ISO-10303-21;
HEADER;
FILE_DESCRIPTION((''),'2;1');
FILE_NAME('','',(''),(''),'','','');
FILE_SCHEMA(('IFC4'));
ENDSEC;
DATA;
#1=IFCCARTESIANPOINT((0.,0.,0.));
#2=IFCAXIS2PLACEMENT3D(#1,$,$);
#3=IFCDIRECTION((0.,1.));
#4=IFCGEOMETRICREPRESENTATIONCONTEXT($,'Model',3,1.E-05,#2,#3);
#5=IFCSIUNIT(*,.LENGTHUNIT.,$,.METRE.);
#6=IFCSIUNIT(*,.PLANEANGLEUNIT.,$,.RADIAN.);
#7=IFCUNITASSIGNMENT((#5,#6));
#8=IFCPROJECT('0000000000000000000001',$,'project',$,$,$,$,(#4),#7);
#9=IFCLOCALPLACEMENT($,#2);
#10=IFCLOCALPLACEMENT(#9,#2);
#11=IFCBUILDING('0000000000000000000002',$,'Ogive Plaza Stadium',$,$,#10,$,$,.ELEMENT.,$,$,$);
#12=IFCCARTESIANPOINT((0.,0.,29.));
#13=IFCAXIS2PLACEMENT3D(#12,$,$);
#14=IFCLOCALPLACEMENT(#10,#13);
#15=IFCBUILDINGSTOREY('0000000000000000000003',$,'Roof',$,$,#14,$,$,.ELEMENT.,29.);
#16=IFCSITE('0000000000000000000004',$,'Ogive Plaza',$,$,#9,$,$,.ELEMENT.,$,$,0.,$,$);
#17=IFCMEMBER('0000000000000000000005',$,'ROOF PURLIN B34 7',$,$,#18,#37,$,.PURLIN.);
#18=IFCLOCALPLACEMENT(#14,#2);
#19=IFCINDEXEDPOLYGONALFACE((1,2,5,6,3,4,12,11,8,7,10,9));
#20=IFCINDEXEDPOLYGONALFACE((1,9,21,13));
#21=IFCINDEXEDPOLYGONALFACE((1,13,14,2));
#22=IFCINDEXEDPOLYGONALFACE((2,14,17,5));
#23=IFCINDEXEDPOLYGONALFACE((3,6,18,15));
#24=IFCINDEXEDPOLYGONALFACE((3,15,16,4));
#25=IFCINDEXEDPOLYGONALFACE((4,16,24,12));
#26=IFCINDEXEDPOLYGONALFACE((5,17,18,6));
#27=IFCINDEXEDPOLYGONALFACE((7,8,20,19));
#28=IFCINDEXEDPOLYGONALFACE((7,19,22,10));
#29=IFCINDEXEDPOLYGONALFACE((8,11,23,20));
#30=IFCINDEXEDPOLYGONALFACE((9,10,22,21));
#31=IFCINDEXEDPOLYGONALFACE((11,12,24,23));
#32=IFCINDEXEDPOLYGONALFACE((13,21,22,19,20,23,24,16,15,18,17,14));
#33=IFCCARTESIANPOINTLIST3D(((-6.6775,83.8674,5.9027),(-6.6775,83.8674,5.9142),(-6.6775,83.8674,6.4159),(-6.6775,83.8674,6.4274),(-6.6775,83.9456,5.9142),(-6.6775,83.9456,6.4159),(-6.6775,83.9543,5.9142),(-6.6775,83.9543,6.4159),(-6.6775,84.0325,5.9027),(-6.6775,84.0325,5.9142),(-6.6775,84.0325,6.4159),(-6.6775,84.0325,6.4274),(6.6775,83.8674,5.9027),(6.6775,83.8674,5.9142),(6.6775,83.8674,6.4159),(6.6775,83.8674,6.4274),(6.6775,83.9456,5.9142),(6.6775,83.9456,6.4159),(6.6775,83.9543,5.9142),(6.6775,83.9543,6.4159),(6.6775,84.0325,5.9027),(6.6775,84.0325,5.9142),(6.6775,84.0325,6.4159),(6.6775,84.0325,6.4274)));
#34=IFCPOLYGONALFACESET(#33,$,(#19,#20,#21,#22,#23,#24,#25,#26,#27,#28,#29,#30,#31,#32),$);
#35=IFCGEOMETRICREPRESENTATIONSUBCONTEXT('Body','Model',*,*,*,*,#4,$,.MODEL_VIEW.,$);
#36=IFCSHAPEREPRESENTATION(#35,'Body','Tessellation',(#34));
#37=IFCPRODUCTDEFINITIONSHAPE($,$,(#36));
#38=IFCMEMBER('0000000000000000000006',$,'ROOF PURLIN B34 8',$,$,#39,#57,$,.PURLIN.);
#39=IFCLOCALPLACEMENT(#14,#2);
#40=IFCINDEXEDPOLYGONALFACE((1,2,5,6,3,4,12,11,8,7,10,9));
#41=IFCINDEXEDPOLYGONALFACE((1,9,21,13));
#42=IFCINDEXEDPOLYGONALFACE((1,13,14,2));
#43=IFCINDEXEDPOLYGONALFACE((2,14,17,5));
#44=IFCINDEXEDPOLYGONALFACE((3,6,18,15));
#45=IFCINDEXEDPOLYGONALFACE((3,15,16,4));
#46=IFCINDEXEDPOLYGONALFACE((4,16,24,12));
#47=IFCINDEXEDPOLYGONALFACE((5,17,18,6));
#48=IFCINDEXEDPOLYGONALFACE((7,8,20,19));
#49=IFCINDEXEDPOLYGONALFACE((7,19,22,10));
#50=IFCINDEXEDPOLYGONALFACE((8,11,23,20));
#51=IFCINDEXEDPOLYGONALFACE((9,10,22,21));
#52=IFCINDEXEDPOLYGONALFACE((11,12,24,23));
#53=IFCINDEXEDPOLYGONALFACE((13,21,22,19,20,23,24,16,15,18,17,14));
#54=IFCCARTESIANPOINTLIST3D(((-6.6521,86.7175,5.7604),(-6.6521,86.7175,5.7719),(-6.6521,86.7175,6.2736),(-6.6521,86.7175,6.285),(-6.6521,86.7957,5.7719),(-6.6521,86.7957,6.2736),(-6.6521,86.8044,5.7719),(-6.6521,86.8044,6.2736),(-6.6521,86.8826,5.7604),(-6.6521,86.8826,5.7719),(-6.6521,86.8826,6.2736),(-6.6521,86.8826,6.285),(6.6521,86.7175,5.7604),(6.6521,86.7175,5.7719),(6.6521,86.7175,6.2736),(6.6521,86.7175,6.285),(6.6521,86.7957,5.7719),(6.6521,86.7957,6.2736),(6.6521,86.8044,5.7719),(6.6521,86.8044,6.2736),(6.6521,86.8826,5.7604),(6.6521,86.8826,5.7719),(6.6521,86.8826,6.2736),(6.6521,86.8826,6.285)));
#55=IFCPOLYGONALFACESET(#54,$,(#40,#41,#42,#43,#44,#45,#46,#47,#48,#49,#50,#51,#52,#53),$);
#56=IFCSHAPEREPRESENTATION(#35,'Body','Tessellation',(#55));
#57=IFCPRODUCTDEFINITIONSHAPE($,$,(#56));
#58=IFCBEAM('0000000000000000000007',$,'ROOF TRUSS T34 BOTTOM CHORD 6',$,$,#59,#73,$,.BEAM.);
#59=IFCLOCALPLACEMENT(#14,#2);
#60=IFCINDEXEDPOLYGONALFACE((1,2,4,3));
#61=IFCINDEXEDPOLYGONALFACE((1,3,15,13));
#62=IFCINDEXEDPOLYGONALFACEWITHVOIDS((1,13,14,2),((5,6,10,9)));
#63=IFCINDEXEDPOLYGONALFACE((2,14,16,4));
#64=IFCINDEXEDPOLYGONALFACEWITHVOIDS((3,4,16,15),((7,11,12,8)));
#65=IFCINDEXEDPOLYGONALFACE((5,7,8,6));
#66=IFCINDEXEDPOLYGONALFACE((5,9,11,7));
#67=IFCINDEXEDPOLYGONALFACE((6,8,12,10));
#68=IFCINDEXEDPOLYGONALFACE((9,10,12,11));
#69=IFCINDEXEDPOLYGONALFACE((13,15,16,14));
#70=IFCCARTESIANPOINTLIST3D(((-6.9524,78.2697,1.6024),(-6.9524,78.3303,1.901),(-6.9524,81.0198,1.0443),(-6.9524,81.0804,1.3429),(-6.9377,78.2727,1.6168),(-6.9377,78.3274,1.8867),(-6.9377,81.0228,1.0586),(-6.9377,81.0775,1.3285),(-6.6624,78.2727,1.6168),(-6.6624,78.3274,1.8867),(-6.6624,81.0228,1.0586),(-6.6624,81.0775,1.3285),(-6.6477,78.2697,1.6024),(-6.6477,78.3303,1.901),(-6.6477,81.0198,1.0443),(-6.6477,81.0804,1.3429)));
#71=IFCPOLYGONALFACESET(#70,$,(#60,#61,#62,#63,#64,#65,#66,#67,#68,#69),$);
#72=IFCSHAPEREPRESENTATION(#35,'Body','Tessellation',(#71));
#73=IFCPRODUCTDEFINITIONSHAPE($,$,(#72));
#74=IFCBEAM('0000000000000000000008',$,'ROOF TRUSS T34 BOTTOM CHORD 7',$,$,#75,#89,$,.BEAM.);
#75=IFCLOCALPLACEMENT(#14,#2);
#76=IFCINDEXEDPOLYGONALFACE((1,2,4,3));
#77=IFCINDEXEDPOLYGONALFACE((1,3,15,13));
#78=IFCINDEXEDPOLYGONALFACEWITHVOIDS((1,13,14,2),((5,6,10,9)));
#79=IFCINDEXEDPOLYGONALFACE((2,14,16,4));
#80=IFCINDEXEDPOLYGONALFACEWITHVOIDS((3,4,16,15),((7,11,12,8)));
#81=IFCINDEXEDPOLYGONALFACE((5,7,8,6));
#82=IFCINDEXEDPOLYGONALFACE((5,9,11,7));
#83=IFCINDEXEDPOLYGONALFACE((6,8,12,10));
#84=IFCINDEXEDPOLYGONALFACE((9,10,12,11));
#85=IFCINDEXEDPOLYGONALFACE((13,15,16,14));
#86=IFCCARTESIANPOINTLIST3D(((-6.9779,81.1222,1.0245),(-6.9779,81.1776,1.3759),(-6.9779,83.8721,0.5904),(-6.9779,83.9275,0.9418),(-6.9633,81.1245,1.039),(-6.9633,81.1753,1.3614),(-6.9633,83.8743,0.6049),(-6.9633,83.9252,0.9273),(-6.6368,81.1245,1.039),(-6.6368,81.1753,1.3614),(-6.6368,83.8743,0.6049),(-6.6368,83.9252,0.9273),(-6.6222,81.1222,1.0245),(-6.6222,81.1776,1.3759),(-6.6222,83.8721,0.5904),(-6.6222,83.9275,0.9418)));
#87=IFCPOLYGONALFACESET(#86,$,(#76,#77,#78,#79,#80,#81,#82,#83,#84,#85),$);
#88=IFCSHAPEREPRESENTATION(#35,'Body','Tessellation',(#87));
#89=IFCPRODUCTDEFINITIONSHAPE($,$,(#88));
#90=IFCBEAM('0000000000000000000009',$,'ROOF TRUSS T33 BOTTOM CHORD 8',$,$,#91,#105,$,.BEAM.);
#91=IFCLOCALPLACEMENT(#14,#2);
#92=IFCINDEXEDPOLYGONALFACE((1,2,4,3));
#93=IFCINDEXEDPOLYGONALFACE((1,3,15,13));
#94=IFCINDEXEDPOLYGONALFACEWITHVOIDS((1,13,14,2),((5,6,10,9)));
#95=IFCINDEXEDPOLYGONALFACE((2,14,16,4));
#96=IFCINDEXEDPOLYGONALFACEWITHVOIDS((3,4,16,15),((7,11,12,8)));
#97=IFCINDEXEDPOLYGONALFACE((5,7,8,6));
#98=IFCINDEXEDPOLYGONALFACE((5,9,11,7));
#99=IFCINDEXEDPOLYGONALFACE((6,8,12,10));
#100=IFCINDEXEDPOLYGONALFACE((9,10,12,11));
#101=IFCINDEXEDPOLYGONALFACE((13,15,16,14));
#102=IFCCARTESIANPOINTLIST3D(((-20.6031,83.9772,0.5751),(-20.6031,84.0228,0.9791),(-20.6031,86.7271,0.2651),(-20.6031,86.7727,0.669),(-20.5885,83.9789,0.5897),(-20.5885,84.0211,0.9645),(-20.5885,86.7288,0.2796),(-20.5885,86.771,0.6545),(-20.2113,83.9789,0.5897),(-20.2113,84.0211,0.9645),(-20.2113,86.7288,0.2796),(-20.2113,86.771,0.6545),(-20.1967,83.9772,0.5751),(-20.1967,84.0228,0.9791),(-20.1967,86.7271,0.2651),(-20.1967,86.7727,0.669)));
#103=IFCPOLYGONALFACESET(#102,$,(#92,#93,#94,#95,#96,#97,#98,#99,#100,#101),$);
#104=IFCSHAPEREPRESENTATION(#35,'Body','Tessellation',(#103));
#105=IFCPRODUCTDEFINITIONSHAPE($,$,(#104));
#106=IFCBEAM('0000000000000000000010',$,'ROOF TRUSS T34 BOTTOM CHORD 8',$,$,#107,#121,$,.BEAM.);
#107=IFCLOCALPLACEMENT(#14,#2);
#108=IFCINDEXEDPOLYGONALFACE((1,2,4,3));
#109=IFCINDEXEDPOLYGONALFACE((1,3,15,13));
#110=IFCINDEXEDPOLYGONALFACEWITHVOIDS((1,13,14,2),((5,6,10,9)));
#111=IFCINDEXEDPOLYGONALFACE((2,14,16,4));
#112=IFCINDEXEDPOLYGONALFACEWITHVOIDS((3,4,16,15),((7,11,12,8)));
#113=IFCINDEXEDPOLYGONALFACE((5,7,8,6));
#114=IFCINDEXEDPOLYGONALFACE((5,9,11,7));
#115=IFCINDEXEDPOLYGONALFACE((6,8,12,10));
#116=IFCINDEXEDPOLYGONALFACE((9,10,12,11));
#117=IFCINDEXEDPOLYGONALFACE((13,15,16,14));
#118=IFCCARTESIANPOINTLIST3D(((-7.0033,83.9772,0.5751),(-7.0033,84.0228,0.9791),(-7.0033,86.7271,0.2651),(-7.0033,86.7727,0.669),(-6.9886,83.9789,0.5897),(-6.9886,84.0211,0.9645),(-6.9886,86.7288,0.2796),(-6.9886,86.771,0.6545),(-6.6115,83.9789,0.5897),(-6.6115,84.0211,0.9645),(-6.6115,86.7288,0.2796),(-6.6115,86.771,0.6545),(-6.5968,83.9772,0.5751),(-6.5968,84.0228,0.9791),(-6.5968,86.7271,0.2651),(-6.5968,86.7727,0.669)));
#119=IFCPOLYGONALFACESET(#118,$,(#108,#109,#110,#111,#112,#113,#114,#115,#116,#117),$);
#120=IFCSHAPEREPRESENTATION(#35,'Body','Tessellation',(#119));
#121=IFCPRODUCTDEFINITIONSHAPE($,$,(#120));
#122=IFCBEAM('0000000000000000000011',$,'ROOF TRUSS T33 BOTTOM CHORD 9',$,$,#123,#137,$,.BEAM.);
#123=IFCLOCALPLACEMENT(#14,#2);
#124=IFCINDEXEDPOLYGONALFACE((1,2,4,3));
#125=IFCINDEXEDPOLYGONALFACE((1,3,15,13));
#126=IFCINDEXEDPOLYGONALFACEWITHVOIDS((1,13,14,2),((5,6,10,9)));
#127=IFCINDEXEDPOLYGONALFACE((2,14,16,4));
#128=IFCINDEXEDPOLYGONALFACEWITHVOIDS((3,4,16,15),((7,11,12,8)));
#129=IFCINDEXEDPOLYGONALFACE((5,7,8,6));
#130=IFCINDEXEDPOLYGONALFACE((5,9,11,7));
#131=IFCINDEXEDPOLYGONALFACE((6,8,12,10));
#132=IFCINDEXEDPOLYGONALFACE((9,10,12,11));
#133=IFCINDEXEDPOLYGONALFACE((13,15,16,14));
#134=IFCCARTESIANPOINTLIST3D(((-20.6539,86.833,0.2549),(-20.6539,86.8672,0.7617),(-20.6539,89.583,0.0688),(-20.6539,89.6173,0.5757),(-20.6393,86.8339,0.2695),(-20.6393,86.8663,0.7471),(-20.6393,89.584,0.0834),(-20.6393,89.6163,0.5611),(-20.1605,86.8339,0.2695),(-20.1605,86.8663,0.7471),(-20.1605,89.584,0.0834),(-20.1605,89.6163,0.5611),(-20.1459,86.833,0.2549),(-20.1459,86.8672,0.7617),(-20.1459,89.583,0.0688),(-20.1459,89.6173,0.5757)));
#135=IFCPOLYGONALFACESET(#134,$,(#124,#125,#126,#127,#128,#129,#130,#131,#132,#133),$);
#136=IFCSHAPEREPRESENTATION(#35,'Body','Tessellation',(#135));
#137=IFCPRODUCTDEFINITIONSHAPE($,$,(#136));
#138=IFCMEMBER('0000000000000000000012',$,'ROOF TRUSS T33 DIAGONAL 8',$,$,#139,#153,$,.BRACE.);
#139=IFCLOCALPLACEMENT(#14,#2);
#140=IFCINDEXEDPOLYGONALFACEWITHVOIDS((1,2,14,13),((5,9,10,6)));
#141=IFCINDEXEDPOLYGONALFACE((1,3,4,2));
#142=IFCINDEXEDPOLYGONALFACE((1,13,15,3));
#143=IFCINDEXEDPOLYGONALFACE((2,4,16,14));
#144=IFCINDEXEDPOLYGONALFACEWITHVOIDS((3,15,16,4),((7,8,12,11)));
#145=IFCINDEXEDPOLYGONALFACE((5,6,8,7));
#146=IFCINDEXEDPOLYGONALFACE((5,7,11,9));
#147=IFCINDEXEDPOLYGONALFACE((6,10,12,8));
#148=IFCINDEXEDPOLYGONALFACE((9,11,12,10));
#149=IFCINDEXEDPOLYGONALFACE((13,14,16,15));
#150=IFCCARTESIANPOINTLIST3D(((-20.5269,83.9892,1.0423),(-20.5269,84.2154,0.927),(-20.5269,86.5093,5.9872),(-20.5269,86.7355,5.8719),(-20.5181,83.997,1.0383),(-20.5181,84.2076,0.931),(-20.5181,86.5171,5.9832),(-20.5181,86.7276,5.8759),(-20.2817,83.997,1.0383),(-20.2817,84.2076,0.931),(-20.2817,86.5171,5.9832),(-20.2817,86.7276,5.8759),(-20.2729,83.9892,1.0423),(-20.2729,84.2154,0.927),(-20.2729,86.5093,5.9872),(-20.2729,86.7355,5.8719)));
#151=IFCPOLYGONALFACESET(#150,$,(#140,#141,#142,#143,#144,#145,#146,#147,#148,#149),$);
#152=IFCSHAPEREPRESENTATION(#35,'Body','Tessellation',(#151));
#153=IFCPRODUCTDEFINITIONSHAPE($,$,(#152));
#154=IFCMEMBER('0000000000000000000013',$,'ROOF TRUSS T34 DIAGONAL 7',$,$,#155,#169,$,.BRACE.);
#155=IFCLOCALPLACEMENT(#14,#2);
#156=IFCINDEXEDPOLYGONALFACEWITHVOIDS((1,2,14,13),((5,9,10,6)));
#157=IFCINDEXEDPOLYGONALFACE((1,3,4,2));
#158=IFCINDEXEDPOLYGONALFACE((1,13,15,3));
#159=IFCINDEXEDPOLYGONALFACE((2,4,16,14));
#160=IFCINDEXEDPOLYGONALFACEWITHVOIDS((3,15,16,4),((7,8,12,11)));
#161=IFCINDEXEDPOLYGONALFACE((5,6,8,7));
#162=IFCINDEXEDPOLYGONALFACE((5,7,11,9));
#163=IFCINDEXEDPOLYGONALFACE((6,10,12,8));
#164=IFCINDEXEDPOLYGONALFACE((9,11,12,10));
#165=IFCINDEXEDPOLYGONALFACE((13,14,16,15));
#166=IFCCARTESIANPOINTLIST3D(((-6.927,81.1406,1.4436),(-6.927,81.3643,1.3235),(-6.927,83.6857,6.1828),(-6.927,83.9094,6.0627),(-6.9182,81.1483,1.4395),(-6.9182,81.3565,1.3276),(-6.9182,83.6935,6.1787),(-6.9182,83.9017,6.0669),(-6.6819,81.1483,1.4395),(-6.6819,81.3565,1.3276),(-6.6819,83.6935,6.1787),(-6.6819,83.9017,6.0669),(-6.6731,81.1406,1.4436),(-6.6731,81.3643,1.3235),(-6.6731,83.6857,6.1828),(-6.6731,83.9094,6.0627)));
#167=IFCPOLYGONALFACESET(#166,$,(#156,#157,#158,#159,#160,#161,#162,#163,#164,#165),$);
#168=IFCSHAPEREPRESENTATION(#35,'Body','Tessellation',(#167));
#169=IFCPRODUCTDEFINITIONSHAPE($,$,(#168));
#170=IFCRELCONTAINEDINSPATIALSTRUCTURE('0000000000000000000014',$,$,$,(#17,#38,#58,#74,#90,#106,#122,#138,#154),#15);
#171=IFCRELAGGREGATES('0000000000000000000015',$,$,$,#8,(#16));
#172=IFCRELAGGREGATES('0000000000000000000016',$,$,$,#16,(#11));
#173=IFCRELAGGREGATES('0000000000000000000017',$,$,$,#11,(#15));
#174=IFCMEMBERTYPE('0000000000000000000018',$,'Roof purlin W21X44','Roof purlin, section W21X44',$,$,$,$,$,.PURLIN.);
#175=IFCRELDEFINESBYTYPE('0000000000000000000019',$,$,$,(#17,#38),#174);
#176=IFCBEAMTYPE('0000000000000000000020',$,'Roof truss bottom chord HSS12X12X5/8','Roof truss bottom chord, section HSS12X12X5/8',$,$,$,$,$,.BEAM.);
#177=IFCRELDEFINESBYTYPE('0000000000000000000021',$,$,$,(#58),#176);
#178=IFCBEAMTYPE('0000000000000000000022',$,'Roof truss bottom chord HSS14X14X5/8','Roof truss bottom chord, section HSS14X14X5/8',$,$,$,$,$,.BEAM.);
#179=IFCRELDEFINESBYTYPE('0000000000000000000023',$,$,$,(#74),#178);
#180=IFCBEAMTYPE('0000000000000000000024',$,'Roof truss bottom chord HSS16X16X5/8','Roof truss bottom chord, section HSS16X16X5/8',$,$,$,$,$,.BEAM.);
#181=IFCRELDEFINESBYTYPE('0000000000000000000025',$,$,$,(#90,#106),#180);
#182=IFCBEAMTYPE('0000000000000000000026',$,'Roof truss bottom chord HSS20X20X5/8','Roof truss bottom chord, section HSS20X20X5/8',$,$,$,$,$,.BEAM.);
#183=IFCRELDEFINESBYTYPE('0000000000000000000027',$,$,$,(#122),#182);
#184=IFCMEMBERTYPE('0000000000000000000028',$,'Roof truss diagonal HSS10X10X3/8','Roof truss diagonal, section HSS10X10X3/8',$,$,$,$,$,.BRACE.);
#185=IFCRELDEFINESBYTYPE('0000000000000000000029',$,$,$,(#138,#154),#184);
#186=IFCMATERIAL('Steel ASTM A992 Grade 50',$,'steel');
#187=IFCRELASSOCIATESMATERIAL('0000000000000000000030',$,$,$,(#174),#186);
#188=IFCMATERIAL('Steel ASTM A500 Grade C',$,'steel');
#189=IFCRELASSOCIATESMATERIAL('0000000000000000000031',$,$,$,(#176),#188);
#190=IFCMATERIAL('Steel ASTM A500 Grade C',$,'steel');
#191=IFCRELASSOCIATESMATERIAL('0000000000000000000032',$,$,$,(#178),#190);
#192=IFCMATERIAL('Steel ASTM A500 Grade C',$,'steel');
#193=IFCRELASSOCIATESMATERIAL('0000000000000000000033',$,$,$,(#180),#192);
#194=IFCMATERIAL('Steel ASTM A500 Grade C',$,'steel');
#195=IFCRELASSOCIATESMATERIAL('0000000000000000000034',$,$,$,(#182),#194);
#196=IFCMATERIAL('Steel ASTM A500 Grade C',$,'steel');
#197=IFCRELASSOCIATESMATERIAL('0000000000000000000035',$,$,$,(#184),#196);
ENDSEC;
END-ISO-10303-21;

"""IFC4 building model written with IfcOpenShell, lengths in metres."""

from ifc_helpers import new_model, si_unit, direction, frame, origin, origin_2d, place, context, subcontext, project, spatial, hollow_rectangle, i_section, extrude, material, material_profile, profile_set, type_object, element, save


model = new_model("IFC4")

# Units and contexts
model_context = context("Model", 3, precision=1e-05, world=origin(), true_north=direction((0.0, 1.0)))
body_context = subcontext(model_context, "Body", "Model", "MODEL_VIEW")
ifc_project = project(units=[si_unit("LENGTHUNIT", "METRE"), si_unit("PLANEANGLEUNIT", "RADIAN")], contexts=[model_context])

# Site, building, storey
site_placement = place(None, origin())
site = spatial("IfcSite", under=ifc_project, at=site_placement, Name="Ogive Plaza", CompositionType="ELEMENT", RefElevation=0.0)
building_placement = place(site_placement, origin())
building = spatial("IfcBuilding", under=site, at=building_placement, Name="Ogive Plaza Stadium", CompositionType="ELEMENT")
storey_placement = place(building_placement, frame((0.0, 0.0, 29.0)))
storey = spatial("IfcBuildingStorey", under=building, at=storey_placement, Name="Roof", CompositionType="ELEMENT", Elevation=29.0)

# Members
ifc_material_1 = material(Name="Steel ASTM A992 Grade 50", Category="steel")
ifc_material_profile_1 = material_profile(ifc_material_1, i_section(OverallWidth=0.165, OverallDepth=0.5247, WebThickness=0.0088, FlangeThickness=0.0115, at=origin_2d()), Name="W21X44")
ifc_profile_set_1 = profile_set([ifc_material_profile_1], Name="Steel ASTM A992 Grade 50")
member_type_1 = type_object("IfcMemberType", Name="Roof purlin W21X44", Description="Roof purlin, section W21X44", PredefinedType="PURLIN", material=ifc_profile_set_1)
for number, where, z_axis, x_axis, name in (
    (1, (-6.6775, 83.95, 6.165), (1.0, 0.0, 0.0), (0.0, 1.0, 0.0), "ROOF PURLIN B34 7"),
):
    element("IfcMember", number, at=place(storey_placement, frame(where, z_axis=z_axis, x_axis=x_axis)), inside=storey, type_object=member_type_1, Name=name, PredefinedType="PURLIN", context=body_context, shape_type="SweptSolid", body=[
        extrude(i_section(OverallWidth=0.165, OverallDepth=0.5247, WebThickness=0.0088, FlangeThickness=0.0115, at=origin_2d()), origin(), (0.0, 0.0, 1.0), 13.355),
    ])
member_1_placement = place(storey_placement, frame((-6.6521, 86.8, 6.0227), z_axis=(1.0, 0.0, 0.0), x_axis=(0.0, 1.0, 0.0)))
element("IfcMember", 2, at=member_1_placement, inside=storey, type_object=member_type_1, Name="ROOF PURLIN B34 8", PredefinedType="PURLIN", context=body_context, shape_type="SweptSolid", body=[
    extrude(i_section(OverallWidth=0.165, OverallDepth=0.5247, WebThickness=0.0088, FlangeThickness=0.0115, at=origin_2d()), origin(), (0.0, 0.0, 1.0), 13.3042),
])

# Beams
ifc_material_2 = material(Name="Steel ASTM A500 Grade C", Category="steel")
ifc_material_profile_2 = material_profile(ifc_material_2, hollow_rectangle(XDim=0.3047, YDim=0.3047, WallThickness=0.0146, at=origin_2d()), Name="HSS12X12X5/8")
ifc_profile_set_2 = profile_set([ifc_material_profile_2], Name="Steel ASTM A500 Grade C")
beam_type_1 = type_object("IfcBeamType", Name="Roof truss bottom chord HSS12X12X5/8", Description="Roof truss bottom chord, section HSS12X12X5/8", PredefinedType="BEAM", material=ifc_profile_set_2)
beam_1_placement = place(storey_placement, frame((-6.8, 78.3, 1.7517), z_axis=(0.0, 0.980021, -0.198893), x_axis=(-1.0, 0.0, 0.0)))
element("IfcBeam", 3, at=beam_1_placement, inside=storey, type_object=beam_type_1, Name="ROOF TRUSS T34 BOTTOM CHORD 6", PredefinedType="BEAM", context=body_context, shape_type="SweptSolid", body=[
    extrude(hollow_rectangle(XDim=0.3047, YDim=0.3047, WallThickness=0.0146, at=origin_2d()), origin(), (0.0, 0.0, 1.0), 2.8062),
])
ifc_material_3 = material(Name="Steel ASTM A500 Grade C", Category="steel")
ifc_material_profile_3 = material_profile(ifc_material_3, hollow_rectangle(XDim=0.3557, YDim=0.3557, WallThickness=0.0146, at=origin_2d()), Name="HSS14X14X5/8")
ifc_profile_set_3 = profile_set([ifc_material_profile_3], Name="Steel ASTM A500 Grade C")
beam_type_2 = type_object("IfcBeamType", Name="Roof truss bottom chord HSS14X14X5/8", Description="Roof truss bottom chord, section HSS14X14X5/8", PredefinedType="BEAM", material=ifc_profile_set_3)
beam_2_placement = place(storey_placement, frame((-6.8, 81.1499, 1.2002), z_axis=(0.0, 0.98777, -0.155918), x_axis=(-1.0, 0.0, 0.0)))
element("IfcBeam", 4, at=beam_2_placement, inside=storey, type_object=beam_type_2, Name="ROOF TRUSS T34 BOTTOM CHORD 7", PredefinedType="BEAM", context=body_context, shape_type="SweptSolid", body=[
    extrude(hollow_rectangle(XDim=0.3557, YDim=0.3557, WallThickness=0.0146, at=origin_2d()), origin(), (0.0, 0.0, 1.0), 2.7839),
])
ifc_material_4 = material(Name="Steel ASTM A500 Grade C", Category="steel")
ifc_material_profile_4 = material_profile(ifc_material_4, hollow_rectangle(XDim=0.4065, YDim=0.4065, WallThickness=0.0146, at=origin_2d()), Name="HSS16X16X5/8")
ifc_profile_set_4 = profile_set([ifc_material_profile_4], Name="Steel ASTM A500 Grade C")
beam_type_3 = type_object("IfcBeamType", Name="Roof truss bottom chord HSS16X16X5/8", Description="Roof truss bottom chord, section HSS16X16X5/8", PredefinedType="BEAM", material=ifc_profile_set_4)
for number, where, z_axis, x_axis, name in (
    (5, (-20.3999, 84.0, 0.7771), (0.0, 0.993704, -0.112039), (-1.0, 0.0, 0.0), "ROOF TRUSS T33 BOTTOM CHORD 8"),
    (6, (-6.8, 84.0, 0.7771), (0.0, 0.993704, -0.112039), (-1.0, 0.0, 0.0), "ROOF TRUSS T34 BOTTOM CHORD 8"),
):
    element("IfcBeam", number, at=place(storey_placement, frame(where, z_axis=z_axis, x_axis=x_axis)), inside=storey, type_object=beam_type_3, Name=name, PredefinedType="BEAM", context=body_context, shape_type="SweptSolid", body=[
        extrude(hollow_rectangle(XDim=0.4065, YDim=0.4065, WallThickness=0.0146, at=origin_2d()), origin(), (0.0, 0.0, 1.0), 2.7673),
    ])
ifc_material_5 = material(Name="Steel ASTM A500 Grade C", Category="steel")
ifc_material_profile_5 = material_profile(ifc_material_5, hollow_rectangle(XDim=0.5081, YDim=0.5081, WallThickness=0.0146, at=origin_2d()), Name="HSS20X20X5/8")
ifc_profile_set_5 = profile_set([ifc_material_profile_5], Name="Steel ASTM A500 Grade C")
beam_type_4 = type_object("IfcBeamType", Name="Roof truss bottom chord HSS20X20X5/8", Description="Roof truss bottom chord, section HSS20X20X5/8", PredefinedType="BEAM", material=ifc_profile_set_5)
beam_3_placement = place(storey_placement, frame((-20.3999, 86.8501, 0.5083), z_axis=(0.0, 0.99772, -0.067495), x_axis=(-1.0, 0.0, 0.0)))
element("IfcBeam", 7, at=beam_3_placement, inside=storey, type_object=beam_type_4, Name="ROOF TRUSS T33 BOTTOM CHORD 9", PredefinedType="BEAM", context=body_context, shape_type="SweptSolid", body=[
    extrude(hollow_rectangle(XDim=0.5081, YDim=0.5081, WallThickness=0.0146, at=origin_2d()), origin(), (0.0, 0.0, 1.0), 2.7563),
])

# Members
ifc_material_6 = material(Name="Steel ASTM A500 Grade C", Category="steel")
ifc_material_profile_6 = material_profile(ifc_material_6, hollow_rectangle(XDim=0.2539, YDim=0.2539, WallThickness=0.0088, at=origin_2d()), Name="HSS10X10X3/8")
ifc_profile_set_6 = profile_set([ifc_material_profile_6], Name="Steel ASTM A500 Grade C")
member_type_2 = type_object("IfcMemberType", Name="Roof truss diagonal HSS10X10X3/8", Description="Roof truss diagonal, section HSS10X10X3/8", PredefinedType="BRACE", material=ifc_profile_set_6)
member_2_placement = place(storey_placement, frame((-20.3999, 84.1023, 0.9846), z_axis=(0.0, 0.454063, 0.89097), x_axis=(-1.0, 0.0, 0.0)))
element("IfcMember", 8, at=member_2_placement, inside=storey, type_object=member_type_2, Name="ROOF TRUSS T33 DIAGONAL 8", PredefinedType="BRACE", context=body_context, shape_type="SweptSolid", body=[
    extrude(hollow_rectangle(XDim=0.2539, YDim=0.2539, WallThickness=0.0088, at=origin_2d()), origin(), (0.0, 0.0, 1.0), 5.55),
])
member_3_placement = place(storey_placement, frame((-6.8, 81.2524, 1.3835), z_axis=(0.0, 0.473128, 0.880994), x_axis=(-1.0, 0.0, 0.0)))
element("IfcMember", 9, at=member_3_placement, inside=storey, type_object=member_type_2, Name="ROOF TRUSS T34 DIAGONAL 7", PredefinedType="BRACE", context=body_context, shape_type="SweptSolid", body=[
    extrude(hollow_rectangle(XDim=0.2539, YDim=0.2539, WallThickness=0.0088, at=origin_2d()), origin(), (0.0, 0.0, 1.0), 5.3794),
])

save(model, "model.ifc")
